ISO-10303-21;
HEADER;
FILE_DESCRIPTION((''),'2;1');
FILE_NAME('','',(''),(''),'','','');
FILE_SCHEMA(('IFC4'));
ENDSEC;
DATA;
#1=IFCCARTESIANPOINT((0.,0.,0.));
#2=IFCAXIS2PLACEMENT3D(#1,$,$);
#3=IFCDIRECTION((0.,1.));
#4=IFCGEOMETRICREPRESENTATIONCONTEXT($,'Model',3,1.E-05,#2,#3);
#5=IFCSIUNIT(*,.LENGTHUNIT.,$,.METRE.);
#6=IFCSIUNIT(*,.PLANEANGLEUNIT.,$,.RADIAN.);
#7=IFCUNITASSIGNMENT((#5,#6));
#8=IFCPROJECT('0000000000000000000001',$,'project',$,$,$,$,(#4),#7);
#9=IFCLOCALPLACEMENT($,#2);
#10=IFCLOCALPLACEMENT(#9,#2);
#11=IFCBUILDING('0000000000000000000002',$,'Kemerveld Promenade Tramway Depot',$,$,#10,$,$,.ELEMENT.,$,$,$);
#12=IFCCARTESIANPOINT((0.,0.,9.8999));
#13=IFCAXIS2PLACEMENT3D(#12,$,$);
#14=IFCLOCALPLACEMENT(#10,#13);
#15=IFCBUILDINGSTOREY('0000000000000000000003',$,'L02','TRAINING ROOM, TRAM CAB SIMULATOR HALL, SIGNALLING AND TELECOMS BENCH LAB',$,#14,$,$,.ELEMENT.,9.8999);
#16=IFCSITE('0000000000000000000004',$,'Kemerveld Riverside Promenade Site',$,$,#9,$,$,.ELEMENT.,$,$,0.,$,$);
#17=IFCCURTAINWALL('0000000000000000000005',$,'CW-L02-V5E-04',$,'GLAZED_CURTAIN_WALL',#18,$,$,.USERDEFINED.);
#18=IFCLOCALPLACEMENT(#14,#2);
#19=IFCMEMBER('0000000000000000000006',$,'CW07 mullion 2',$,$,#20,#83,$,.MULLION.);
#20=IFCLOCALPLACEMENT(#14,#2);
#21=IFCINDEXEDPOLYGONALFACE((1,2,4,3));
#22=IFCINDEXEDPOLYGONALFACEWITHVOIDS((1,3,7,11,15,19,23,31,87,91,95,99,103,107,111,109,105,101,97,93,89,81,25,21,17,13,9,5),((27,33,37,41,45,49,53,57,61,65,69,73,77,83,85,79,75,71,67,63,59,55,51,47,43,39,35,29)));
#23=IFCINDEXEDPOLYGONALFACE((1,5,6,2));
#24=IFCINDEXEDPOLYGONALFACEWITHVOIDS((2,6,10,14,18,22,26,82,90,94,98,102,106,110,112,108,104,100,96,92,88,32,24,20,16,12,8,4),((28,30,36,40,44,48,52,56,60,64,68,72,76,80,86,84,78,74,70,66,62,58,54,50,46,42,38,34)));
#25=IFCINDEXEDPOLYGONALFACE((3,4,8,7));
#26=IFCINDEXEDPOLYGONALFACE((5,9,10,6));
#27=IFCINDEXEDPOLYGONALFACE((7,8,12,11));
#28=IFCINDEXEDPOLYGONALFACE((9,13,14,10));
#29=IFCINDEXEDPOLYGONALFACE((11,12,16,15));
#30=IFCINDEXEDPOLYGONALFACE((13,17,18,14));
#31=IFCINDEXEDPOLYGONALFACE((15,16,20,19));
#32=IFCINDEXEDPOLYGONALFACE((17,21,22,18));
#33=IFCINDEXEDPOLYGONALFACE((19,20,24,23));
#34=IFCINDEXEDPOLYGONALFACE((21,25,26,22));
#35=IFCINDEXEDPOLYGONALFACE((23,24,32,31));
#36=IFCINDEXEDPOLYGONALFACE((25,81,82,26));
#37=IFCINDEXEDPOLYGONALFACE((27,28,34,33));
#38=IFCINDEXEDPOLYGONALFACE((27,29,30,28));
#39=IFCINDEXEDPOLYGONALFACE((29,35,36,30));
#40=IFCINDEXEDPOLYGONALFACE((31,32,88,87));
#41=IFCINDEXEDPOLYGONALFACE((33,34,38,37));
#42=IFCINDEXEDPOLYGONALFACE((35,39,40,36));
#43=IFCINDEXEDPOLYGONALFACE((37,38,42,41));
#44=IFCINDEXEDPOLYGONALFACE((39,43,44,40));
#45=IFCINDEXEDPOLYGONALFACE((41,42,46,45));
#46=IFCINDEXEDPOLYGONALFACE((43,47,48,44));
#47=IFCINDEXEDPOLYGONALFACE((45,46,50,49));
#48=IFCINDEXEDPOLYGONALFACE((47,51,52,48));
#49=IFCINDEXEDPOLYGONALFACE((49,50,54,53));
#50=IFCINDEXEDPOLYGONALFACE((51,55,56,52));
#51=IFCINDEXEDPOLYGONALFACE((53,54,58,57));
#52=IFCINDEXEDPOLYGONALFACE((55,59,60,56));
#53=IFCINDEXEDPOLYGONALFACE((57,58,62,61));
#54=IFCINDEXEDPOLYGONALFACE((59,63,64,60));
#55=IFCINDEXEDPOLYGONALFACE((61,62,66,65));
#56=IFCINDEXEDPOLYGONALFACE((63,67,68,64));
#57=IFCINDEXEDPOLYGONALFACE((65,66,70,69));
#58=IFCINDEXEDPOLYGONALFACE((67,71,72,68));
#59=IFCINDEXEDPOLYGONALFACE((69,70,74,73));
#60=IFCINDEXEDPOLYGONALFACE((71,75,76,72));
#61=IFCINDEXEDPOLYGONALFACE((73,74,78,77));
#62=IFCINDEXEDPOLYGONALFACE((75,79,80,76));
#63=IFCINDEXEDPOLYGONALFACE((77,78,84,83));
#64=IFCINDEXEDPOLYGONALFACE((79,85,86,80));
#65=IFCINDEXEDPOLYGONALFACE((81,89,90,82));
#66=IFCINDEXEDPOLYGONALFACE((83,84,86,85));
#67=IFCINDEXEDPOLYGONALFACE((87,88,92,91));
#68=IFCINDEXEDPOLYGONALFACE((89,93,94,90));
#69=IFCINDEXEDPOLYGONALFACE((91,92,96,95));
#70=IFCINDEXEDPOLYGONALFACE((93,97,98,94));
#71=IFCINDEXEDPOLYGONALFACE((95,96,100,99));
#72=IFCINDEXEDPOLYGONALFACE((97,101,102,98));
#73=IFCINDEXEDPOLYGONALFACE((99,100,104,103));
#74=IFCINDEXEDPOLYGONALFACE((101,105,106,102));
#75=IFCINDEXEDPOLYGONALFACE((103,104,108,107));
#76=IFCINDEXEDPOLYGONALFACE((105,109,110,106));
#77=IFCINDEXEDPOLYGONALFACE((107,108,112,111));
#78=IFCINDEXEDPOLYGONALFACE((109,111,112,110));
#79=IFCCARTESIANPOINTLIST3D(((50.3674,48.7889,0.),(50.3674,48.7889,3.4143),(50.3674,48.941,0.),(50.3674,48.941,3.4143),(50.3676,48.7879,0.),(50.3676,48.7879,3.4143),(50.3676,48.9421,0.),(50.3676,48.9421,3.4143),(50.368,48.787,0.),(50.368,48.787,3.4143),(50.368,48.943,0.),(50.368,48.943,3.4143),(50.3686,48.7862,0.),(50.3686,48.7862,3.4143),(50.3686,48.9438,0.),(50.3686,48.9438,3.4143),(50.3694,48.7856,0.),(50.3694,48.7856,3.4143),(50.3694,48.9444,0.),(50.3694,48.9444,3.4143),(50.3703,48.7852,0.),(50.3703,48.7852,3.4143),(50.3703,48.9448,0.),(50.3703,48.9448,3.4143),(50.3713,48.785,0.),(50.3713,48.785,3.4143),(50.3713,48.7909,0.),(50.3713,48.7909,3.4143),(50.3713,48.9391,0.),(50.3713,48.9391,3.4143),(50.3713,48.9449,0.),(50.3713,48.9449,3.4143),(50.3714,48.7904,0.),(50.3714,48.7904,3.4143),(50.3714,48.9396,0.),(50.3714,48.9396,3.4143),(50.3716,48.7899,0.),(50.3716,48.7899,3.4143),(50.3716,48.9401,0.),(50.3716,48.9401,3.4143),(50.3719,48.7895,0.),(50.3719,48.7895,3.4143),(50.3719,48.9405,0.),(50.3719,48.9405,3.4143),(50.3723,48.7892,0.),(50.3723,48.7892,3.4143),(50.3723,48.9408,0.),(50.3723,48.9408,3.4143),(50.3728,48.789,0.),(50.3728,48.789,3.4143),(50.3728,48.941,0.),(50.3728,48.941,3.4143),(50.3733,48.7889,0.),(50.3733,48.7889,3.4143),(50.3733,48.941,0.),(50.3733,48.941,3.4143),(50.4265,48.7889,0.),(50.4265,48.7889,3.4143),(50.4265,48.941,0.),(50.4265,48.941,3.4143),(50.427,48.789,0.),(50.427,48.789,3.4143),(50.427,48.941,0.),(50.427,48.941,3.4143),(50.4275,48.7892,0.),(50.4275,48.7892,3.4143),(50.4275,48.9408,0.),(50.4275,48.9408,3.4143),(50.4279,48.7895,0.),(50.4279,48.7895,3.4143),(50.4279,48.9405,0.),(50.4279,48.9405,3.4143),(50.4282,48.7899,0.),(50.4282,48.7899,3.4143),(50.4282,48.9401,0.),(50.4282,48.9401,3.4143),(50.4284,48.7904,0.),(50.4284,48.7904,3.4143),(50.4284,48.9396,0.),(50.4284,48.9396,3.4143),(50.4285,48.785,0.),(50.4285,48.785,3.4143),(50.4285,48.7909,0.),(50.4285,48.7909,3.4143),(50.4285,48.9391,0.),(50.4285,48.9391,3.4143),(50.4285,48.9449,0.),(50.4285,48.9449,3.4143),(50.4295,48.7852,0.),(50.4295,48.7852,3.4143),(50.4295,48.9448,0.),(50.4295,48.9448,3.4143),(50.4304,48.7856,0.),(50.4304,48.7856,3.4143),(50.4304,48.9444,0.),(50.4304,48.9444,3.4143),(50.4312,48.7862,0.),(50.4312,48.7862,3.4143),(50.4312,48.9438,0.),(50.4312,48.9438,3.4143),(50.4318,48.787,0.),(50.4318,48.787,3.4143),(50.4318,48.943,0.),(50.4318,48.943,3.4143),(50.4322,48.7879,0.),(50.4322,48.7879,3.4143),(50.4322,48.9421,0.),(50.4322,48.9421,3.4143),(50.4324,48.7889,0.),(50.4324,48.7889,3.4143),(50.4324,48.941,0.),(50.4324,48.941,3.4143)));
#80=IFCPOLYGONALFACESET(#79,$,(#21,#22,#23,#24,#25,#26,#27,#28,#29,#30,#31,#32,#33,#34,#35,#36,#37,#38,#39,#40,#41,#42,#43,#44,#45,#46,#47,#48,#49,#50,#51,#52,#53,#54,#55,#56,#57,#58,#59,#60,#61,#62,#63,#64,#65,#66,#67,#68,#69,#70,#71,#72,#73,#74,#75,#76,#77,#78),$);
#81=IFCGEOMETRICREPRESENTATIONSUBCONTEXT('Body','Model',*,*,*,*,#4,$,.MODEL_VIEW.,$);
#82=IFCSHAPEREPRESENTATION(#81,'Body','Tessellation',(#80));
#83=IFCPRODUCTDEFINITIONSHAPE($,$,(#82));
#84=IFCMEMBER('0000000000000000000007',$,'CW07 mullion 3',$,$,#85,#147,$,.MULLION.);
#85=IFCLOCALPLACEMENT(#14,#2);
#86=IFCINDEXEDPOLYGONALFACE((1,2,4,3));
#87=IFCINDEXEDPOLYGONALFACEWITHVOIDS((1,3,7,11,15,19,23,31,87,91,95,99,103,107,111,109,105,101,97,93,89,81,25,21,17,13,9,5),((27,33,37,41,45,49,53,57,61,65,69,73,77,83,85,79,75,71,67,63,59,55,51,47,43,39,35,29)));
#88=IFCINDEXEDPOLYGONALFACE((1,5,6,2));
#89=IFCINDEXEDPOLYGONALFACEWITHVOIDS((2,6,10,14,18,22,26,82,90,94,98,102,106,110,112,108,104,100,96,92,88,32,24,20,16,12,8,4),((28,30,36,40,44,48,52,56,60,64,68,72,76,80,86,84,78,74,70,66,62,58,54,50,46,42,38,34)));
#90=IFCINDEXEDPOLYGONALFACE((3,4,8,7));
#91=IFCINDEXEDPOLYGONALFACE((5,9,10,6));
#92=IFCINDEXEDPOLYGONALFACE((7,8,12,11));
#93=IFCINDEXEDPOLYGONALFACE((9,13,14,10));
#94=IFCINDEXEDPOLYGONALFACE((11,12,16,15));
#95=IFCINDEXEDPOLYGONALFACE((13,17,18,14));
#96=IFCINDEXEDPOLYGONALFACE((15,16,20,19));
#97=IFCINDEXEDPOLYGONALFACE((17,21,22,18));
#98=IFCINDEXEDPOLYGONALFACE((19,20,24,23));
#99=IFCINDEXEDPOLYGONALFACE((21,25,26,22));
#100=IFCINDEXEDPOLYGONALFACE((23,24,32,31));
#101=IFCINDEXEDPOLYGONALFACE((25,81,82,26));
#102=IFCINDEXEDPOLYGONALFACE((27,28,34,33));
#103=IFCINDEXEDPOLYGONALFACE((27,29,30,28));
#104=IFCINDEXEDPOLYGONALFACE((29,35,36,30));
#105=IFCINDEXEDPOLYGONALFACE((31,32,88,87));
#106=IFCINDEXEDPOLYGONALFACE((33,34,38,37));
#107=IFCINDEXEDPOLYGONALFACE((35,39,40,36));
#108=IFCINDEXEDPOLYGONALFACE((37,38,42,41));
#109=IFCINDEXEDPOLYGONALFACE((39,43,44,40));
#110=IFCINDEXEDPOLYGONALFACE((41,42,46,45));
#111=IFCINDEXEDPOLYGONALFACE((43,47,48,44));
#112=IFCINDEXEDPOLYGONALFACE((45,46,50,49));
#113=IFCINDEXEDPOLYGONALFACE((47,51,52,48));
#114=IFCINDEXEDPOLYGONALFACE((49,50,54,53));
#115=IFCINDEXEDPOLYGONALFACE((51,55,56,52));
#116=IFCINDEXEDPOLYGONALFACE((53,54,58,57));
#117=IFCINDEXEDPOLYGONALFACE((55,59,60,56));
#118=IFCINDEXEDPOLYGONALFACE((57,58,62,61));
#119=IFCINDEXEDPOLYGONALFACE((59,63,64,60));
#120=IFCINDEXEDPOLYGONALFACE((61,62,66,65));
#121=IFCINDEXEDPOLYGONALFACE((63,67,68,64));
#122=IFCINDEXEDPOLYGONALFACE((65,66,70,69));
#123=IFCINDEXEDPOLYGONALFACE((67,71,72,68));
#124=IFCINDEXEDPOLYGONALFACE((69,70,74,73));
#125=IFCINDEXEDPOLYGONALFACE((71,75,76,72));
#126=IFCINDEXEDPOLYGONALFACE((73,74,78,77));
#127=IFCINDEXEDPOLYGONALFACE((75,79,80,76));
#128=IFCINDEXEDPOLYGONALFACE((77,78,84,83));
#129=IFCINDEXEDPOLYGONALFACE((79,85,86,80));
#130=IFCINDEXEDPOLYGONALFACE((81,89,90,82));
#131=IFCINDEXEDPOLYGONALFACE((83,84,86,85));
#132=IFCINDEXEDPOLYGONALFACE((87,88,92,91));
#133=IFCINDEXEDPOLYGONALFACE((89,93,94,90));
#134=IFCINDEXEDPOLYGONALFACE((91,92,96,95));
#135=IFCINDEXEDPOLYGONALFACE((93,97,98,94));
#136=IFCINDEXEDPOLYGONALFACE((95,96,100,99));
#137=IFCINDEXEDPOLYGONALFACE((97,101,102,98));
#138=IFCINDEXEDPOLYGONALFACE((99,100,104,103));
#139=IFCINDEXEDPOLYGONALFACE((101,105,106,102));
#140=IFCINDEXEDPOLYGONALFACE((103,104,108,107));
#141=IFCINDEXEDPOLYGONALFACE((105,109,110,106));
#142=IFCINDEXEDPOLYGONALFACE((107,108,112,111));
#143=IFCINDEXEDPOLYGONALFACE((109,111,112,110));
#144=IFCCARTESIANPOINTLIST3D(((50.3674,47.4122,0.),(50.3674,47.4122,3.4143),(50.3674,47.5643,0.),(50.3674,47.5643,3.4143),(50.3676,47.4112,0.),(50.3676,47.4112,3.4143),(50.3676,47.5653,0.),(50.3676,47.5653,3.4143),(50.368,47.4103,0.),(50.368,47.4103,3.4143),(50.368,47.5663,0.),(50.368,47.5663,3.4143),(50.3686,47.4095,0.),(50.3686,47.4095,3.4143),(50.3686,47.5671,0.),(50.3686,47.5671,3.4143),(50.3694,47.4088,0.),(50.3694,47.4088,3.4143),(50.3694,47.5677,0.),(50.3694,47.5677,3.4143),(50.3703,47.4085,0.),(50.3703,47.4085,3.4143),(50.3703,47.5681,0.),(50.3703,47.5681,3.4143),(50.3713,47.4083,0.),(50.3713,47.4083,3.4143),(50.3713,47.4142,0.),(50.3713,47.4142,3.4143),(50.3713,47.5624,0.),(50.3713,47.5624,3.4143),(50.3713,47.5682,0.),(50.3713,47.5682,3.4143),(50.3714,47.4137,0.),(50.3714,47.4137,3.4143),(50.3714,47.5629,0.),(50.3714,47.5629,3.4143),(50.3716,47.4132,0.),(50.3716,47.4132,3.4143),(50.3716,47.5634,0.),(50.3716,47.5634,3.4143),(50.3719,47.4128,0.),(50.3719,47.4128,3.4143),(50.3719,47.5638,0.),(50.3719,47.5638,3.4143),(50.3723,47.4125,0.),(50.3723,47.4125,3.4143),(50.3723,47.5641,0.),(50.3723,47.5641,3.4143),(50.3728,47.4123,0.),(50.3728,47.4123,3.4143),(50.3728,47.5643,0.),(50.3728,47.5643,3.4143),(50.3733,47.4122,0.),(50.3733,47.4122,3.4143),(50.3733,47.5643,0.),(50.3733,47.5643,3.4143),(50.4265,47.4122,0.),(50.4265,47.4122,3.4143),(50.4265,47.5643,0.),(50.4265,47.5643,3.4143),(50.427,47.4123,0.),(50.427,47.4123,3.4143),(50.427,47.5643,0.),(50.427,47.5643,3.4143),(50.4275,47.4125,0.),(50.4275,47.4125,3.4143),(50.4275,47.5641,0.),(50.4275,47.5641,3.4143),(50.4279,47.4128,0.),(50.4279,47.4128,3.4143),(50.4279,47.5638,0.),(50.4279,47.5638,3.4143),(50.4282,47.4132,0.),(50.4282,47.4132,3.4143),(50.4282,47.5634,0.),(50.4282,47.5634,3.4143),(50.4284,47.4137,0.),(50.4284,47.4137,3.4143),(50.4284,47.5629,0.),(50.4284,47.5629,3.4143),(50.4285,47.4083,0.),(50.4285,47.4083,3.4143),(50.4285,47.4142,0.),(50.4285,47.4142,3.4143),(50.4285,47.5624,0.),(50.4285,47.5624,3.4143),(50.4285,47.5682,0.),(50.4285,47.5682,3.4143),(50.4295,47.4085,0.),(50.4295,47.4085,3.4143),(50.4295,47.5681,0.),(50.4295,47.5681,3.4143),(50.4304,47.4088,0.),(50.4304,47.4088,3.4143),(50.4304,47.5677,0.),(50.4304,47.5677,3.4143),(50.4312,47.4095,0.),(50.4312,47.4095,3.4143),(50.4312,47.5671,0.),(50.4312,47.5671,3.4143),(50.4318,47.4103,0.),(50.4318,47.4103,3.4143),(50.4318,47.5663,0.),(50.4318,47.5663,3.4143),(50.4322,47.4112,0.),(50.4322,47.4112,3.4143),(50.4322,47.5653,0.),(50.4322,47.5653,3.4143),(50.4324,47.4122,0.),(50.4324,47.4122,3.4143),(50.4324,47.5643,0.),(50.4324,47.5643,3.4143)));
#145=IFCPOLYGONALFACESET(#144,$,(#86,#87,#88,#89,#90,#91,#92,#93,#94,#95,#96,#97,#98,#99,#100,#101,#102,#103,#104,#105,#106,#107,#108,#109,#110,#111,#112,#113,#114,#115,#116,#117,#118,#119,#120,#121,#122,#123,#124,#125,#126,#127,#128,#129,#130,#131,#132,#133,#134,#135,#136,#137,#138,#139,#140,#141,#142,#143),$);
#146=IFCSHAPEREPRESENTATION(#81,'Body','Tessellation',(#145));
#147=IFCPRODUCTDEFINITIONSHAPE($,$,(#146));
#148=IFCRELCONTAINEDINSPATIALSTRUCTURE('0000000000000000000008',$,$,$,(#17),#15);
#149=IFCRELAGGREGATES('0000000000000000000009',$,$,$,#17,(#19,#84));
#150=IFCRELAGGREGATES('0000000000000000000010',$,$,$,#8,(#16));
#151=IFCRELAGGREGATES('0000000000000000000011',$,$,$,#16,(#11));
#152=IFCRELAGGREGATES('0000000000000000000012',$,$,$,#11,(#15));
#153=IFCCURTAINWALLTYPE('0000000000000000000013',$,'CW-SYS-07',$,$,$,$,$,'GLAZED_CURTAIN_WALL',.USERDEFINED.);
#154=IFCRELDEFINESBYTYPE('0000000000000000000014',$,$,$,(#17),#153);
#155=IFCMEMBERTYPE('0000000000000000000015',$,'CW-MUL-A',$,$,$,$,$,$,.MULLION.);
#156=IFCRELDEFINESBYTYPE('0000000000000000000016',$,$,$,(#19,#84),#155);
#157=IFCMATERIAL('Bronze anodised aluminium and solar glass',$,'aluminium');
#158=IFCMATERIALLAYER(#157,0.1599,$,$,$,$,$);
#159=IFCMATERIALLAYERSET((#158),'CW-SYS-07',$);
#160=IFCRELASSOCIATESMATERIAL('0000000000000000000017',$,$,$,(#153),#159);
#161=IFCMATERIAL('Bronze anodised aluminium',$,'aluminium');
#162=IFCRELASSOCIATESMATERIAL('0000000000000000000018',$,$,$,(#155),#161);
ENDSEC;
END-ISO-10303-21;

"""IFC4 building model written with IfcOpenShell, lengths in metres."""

from ifc_helpers import new_model, si_unit, direction, frame, origin, origin_2d, place, context, subcontext, project, spatial, hollow_rectangle, extrude, material, layer, layer_set, material_profile, profile_set, type_object, element, aggregate, save


model = new_model("IFC4")

# Units and contexts
model_context = context("Model", 3, precision=1e-05, world=origin(), true_north=direction((0.0, 1.0)))
body_context = subcontext(model_context, "Body", "Model", "MODEL_VIEW")
ifc_project = project(units=[si_unit("LENGTHUNIT", "METRE"), si_unit("PLANEANGLEUNIT", "RADIAN")], contexts=[model_context])

# Site, building, storey
site_placement = place(None, origin())
site = spatial("IfcSite", under=ifc_project, at=site_placement, Name="Kemerveld Riverside Promenade Site", CompositionType="ELEMENT", RefElevation=0.0)
building_placement = place(site_placement, origin())
building = spatial("IfcBuilding", under=site, at=building_placement, Name="Kemerveld Promenade Tramway Depot", CompositionType="ELEMENT")
storey_placement = place(building_placement, frame((0.0, 0.0, 9.8999)))
storey = spatial("IfcBuildingStorey", under=building, at=storey_placement, Name="L02", Description="TRAINING ROOM, TRAM CAB SIMULATOR HALL, SIGNALLING AND TELECOMS BENCH LAB", CompositionType="ELEMENT", Elevation=9.8999)

# Curtain wall, members
ifc_material_1 = material(Name="Bronze anodised aluminium and solar glass", Category="aluminium")
ifc_layer_1 = layer(ifc_material_1, 0.1599)
ifc_layer_set_1 = layer_set([ifc_layer_1], Name="CW-SYS-07")
curtain_wall_type = type_object("IfcCurtainWallType", Name="CW-SYS-07", ElementType="GLAZED_CURTAIN_WALL", PredefinedType="USERDEFINED", material=ifc_layer_set_1)
curtain_wall_placement = place(storey_placement, origin())
curtain_wall = element("IfcCurtainWall", 1, at=curtain_wall_placement, inside=storey, type_object=curtain_wall_type, Name="CW-L02-V5E-04", ObjectType="GLAZED_CURTAIN_WALL", PredefinedType="USERDEFINED")
ifc_material_2 = material(Name="Bronze anodised aluminium", Category="aluminium")
ifc_material_profile_1 = material_profile(ifc_material_2, hollow_rectangle(XDim=0.0649, YDim=0.1599, WallThickness=0.0039, InnerFilletRadius=0.002, OuterFilletRadius=0.0039, at=origin_2d()), Name="CW-MUL-160x65")
ifc_profile_set_1 = profile_set([ifc_material_profile_1], Name="Bronze anodised aluminium")
member_type_1 = type_object("IfcMemberType", Name="CW-MUL-A", PredefinedType="MULLION", material=ifc_profile_set_1)
member_1_placement = place(storey_placement, frame((50.3999, 48.865, 0.0), z_axis=(0.0, 0.0, 1.0), x_axis=(1.0, 0.0, 0.0)))
member_1 = element("IfcMember", 2, at=member_1_placement, type_object=member_type_1, Name="CW07 mullion 2", PredefinedType="MULLION", context=body_context, shape_type="SweptSolid", body=[
    extrude(hollow_rectangle(XDim=0.0649, YDim=0.1599, WallThickness=0.0039, InnerFilletRadius=0.002, OuterFilletRadius=0.0039, at=origin_2d()), origin(), (0.0, 0.0, 1.0), 3.4143),
])
member_2_placement = place(storey_placement, frame((50.3999, 47.4883, 0.0), z_axis=(0.0, 0.0, 1.0), x_axis=(1.0, 0.0, 0.0)))
member_2 = element("IfcMember", 3, at=member_2_placement, type_object=member_type_1, Name="CW07 mullion 3", PredefinedType="MULLION", context=body_context, shape_type="SweptSolid", body=[
    extrude(hollow_rectangle(XDim=0.0649, YDim=0.1599, WallThickness=0.0039, InnerFilletRadius=0.002, OuterFilletRadius=0.0039, at=origin_2d()), origin(), (0.0, 0.0, 1.0), 3.4143),
])
aggregate(curtain_wall, [member_1, member_2])

save(model, "model.ifc")
